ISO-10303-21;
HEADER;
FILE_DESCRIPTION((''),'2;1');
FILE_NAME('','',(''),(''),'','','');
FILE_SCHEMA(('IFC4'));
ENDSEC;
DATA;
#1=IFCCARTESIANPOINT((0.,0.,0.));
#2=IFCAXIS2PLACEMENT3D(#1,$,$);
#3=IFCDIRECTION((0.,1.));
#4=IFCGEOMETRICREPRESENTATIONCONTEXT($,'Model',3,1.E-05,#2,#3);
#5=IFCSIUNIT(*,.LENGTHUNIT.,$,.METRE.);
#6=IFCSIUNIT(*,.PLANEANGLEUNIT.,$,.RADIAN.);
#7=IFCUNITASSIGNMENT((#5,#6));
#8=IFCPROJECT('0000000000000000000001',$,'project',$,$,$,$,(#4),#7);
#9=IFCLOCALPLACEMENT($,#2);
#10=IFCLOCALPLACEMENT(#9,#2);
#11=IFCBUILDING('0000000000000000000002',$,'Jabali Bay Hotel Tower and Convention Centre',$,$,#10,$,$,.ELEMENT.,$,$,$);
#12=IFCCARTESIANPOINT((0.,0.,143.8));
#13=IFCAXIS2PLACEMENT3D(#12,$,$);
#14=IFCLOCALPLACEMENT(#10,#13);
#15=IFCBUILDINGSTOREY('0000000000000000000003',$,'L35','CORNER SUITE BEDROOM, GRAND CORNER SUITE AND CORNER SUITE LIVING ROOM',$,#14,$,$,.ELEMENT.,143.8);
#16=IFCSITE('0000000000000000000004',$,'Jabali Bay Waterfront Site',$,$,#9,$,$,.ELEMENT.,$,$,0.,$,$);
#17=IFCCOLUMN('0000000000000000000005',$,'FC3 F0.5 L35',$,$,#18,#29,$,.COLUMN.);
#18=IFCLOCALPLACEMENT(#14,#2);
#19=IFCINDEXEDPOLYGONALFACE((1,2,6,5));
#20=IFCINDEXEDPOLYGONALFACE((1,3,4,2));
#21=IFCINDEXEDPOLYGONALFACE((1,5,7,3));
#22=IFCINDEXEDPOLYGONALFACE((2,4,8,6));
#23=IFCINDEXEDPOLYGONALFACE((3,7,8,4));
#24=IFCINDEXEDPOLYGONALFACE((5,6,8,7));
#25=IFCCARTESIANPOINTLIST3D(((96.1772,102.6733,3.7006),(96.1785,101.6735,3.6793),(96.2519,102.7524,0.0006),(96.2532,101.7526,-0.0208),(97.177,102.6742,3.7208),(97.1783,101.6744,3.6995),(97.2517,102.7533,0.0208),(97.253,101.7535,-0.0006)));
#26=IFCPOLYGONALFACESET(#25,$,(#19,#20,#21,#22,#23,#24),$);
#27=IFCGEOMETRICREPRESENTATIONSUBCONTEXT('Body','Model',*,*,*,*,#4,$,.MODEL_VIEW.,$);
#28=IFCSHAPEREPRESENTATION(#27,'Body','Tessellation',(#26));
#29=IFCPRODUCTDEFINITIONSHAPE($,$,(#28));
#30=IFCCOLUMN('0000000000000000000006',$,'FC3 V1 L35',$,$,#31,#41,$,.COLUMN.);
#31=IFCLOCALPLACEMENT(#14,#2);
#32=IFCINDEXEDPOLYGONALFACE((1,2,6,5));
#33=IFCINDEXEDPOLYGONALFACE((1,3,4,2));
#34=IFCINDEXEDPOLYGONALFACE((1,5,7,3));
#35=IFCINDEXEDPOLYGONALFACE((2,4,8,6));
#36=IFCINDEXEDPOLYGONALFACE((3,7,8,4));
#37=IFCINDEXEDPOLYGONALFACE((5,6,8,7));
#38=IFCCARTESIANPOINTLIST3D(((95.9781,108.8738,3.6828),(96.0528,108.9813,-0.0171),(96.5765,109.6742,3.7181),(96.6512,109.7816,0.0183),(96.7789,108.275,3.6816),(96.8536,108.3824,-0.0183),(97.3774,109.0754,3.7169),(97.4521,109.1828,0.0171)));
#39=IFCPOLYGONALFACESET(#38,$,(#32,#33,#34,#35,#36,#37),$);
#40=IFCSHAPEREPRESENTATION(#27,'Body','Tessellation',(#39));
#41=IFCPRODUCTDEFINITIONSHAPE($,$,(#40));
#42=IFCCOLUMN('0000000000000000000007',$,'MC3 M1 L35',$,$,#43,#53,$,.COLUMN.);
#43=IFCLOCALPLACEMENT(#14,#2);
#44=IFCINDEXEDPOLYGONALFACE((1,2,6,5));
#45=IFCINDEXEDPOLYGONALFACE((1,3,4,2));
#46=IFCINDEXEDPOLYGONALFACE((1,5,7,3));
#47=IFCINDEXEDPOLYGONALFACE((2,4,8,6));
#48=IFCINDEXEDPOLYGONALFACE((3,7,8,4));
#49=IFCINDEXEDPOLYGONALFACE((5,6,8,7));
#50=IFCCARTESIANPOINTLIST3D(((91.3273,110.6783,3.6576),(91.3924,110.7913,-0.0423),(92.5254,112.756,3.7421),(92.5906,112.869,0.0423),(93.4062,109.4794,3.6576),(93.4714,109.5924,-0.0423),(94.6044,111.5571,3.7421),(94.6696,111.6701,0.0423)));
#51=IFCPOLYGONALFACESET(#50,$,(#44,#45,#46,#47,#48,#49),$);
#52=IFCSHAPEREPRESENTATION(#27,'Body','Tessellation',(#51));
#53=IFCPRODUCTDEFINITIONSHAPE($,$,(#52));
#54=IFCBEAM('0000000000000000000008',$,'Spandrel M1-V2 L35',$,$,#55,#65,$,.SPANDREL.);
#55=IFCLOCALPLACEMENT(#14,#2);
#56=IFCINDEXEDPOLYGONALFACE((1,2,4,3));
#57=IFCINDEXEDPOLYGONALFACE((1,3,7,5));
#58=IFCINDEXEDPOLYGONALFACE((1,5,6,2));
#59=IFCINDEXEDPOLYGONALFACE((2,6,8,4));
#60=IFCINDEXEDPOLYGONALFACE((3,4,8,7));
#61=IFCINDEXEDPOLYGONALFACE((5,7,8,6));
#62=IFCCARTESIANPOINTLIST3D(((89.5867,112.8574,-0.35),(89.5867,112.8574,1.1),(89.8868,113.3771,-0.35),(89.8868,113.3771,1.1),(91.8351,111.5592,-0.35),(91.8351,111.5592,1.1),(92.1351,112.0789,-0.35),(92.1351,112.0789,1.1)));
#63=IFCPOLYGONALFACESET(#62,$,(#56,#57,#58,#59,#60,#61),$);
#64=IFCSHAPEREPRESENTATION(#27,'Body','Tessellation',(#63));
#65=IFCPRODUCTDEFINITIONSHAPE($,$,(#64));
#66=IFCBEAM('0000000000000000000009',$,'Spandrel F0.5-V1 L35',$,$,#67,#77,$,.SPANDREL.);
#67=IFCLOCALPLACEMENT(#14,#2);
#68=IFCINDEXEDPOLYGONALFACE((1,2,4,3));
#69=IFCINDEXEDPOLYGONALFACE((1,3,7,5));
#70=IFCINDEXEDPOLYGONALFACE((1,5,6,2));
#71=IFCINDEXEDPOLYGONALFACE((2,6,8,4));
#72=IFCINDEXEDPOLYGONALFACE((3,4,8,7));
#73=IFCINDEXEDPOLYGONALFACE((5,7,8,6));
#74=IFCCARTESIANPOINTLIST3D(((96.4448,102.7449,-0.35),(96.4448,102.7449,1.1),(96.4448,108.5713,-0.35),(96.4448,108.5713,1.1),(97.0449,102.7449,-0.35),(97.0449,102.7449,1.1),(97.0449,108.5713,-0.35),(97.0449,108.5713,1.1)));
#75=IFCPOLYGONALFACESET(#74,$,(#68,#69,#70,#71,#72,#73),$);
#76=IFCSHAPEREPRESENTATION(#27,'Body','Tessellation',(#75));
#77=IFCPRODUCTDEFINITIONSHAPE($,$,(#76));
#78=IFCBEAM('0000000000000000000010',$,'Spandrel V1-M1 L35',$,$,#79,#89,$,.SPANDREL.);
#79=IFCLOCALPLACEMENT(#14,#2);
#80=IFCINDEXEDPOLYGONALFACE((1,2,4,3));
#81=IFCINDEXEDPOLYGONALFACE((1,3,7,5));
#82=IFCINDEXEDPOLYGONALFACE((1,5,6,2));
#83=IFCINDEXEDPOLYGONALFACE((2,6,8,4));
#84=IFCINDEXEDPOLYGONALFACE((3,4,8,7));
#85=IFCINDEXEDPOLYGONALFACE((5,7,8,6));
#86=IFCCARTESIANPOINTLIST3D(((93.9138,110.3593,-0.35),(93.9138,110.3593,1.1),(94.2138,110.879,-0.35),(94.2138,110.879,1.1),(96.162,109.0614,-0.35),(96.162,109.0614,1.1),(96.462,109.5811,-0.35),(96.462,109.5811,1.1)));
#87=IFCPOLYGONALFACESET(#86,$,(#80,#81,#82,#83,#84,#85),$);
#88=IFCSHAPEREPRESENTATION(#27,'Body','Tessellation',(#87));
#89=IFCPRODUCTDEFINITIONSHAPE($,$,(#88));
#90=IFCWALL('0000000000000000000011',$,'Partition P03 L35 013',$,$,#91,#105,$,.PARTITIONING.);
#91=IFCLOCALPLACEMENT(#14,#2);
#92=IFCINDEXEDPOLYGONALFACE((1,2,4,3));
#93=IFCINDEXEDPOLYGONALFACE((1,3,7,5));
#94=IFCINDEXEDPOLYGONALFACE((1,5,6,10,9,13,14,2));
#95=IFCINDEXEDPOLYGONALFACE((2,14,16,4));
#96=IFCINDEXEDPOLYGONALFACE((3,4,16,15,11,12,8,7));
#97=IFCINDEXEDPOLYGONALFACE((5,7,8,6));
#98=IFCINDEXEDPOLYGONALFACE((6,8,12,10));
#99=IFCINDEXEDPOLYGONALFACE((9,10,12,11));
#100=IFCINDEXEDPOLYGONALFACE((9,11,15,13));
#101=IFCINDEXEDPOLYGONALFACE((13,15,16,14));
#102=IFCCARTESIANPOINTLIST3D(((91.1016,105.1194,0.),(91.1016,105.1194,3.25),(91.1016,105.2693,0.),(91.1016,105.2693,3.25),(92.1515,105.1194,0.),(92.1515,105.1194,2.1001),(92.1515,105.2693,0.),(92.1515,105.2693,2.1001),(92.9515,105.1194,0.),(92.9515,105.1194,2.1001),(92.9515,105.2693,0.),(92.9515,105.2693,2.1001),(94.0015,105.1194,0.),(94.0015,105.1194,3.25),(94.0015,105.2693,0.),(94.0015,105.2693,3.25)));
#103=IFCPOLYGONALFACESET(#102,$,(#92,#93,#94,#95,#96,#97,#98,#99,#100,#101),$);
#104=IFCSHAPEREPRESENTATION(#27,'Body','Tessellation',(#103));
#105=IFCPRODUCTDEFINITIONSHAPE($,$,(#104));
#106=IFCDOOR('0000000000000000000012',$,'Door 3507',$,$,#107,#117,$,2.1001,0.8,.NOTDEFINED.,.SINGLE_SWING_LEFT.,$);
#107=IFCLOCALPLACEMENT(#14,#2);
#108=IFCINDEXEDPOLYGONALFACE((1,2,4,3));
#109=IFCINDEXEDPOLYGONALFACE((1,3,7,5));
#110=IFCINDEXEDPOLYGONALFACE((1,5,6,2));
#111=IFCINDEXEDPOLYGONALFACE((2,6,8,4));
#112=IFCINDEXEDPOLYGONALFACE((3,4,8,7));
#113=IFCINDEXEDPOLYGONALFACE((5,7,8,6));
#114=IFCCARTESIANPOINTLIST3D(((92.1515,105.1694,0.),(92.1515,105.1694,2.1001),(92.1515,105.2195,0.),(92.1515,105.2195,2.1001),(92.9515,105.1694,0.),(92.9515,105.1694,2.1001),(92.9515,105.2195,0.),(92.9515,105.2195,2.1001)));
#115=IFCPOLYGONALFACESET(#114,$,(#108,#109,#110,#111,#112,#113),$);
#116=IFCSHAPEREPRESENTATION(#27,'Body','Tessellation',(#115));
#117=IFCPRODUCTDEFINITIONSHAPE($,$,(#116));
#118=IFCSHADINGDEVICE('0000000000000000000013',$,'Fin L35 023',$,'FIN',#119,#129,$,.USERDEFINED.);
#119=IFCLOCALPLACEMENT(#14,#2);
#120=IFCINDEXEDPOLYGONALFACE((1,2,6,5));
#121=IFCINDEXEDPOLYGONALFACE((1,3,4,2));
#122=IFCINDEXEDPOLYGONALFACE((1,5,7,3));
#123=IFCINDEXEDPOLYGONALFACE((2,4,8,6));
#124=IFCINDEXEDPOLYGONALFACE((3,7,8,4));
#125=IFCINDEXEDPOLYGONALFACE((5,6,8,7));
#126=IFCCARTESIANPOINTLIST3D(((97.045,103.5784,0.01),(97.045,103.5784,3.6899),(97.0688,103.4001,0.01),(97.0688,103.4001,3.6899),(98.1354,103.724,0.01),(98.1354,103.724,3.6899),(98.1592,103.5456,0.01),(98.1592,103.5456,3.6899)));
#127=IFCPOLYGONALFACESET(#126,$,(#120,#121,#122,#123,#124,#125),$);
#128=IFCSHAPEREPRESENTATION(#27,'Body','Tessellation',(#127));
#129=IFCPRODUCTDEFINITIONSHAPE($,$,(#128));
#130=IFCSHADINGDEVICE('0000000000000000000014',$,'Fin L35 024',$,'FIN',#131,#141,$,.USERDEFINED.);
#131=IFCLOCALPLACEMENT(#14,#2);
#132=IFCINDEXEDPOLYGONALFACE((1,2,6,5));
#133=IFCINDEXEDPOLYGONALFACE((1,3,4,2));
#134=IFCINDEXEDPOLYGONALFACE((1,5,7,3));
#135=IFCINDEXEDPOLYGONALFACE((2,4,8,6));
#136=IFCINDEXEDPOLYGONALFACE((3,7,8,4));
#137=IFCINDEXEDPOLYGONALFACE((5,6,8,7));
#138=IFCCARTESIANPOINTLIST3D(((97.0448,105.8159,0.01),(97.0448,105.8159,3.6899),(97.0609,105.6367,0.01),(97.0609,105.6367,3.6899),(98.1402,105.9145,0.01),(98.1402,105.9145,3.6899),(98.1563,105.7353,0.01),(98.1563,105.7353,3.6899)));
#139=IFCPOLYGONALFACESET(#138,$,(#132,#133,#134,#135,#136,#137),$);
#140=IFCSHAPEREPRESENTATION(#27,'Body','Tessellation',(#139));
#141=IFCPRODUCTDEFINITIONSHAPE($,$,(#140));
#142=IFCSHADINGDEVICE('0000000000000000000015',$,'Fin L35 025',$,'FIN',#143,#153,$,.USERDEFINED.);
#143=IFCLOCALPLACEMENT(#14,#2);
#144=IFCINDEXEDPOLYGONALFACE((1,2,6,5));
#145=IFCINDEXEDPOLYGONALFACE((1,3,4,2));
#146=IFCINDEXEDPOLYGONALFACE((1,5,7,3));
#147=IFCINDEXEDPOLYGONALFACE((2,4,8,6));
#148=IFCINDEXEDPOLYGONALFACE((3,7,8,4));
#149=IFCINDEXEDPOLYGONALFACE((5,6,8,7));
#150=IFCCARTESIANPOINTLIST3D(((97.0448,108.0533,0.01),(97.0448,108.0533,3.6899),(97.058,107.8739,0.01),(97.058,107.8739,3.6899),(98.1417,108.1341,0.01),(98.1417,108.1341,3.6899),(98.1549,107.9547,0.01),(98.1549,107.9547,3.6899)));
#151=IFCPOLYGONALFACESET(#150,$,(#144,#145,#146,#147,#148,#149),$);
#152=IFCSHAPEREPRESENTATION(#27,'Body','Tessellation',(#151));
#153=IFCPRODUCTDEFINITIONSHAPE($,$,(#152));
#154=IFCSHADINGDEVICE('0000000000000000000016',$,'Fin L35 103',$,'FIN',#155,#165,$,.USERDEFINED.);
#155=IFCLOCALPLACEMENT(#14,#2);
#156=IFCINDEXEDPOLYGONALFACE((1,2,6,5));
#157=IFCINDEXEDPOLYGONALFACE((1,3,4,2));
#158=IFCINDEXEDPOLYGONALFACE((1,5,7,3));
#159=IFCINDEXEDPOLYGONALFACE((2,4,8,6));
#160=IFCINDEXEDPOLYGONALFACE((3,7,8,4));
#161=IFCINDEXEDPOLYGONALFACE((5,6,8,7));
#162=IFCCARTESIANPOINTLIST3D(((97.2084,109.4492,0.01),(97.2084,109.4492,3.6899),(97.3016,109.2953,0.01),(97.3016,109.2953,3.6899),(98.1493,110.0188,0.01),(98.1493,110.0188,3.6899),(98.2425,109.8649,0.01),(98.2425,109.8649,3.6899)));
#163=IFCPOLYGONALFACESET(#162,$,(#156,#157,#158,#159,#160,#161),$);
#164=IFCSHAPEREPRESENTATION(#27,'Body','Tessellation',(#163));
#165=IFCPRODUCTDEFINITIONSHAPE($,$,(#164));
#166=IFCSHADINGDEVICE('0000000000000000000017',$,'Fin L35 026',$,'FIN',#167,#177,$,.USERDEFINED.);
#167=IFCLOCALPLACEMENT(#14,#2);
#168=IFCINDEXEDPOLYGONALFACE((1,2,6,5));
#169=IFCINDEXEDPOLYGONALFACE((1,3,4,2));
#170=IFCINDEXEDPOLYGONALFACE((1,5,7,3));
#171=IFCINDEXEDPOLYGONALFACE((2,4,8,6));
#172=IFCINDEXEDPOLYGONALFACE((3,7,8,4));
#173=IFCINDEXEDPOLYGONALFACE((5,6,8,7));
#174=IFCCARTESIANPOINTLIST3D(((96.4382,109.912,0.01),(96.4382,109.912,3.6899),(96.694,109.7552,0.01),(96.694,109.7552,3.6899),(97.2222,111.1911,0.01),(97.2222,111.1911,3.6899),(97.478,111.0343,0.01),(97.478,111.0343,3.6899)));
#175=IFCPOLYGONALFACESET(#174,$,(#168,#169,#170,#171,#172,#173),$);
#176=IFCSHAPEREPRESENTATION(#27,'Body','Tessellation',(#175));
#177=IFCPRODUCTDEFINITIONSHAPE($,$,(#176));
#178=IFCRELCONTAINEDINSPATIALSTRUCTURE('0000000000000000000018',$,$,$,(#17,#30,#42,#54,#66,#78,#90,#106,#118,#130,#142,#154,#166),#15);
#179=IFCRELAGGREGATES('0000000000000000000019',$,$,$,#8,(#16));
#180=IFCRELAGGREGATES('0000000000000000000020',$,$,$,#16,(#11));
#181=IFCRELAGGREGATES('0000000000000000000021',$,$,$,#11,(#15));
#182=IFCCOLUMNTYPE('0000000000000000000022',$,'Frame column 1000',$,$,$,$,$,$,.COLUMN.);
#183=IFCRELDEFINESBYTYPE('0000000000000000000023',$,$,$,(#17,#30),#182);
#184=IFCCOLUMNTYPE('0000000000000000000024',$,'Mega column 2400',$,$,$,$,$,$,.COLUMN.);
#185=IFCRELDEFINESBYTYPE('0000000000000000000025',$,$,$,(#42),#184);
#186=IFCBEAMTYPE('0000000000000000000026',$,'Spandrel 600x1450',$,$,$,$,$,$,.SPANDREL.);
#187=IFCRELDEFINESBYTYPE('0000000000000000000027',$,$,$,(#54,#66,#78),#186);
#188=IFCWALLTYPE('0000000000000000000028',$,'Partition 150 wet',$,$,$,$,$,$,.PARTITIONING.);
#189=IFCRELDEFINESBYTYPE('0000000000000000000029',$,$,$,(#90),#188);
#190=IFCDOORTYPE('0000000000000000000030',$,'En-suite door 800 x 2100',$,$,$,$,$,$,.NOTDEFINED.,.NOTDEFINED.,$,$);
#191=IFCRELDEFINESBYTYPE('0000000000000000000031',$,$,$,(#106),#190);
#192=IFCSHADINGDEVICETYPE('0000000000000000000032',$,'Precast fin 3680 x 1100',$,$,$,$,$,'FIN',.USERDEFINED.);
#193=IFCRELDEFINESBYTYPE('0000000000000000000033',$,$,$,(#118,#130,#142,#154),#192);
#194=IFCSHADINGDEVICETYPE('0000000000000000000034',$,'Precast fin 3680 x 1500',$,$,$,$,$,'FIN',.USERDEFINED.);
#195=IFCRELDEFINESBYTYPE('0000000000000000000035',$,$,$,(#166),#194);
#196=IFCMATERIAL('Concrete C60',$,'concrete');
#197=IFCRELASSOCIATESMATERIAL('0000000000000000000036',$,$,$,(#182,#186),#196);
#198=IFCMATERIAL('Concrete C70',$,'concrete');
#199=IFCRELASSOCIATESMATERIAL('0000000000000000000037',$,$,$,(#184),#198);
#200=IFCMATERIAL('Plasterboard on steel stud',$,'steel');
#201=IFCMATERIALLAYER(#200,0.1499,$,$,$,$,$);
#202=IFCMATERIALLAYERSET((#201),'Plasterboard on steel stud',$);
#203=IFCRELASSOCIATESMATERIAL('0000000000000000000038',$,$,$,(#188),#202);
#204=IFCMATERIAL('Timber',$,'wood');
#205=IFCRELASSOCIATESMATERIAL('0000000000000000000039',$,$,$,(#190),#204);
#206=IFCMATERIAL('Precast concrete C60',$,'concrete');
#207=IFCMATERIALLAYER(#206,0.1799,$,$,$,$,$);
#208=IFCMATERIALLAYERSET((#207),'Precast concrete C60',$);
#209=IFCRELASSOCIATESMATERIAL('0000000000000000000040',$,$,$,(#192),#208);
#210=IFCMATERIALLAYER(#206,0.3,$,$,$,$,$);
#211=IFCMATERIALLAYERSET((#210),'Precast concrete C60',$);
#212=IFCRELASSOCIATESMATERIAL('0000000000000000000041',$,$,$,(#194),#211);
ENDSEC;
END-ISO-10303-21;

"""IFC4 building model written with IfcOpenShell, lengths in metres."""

from ifc_helpers import new_model, si_unit, direction, frame, frame_2d, origin, origin_2d, place, context, subcontext, project, spatial, rectangle, extrude, material, layer, layer_set, material_profile, profile_set, type_object, element, fill, save


model = new_model("IFC4")

# Units and contexts
model_context = context("Model", 3, precision=1e-05, world=origin(), true_north=direction((0.0, 1.0)))
body_context = subcontext(model_context, "Body", "Model", "MODEL_VIEW")
ifc_project = project(units=[si_unit("LENGTHUNIT", "METRE"), si_unit("PLANEANGLEUNIT", "RADIAN")], contexts=[model_context])

# Site, building, storey
site_placement = place(None, origin())
site = spatial("IfcSite", under=ifc_project, at=site_placement, Name="Jabali Bay Waterfront Site", CompositionType="ELEMENT", RefElevation=0.0)
building_placement = place(site_placement, origin())
building = spatial("IfcBuilding", under=site, at=building_placement, Name="Jabali Bay Hotel Tower and Convention Centre", CompositionType="ELEMENT")
storey_placement = place(building_placement, frame((0.0, 0.0, 143.8)))
storey = spatial("IfcBuildingStorey", under=building, at=storey_placement, Name="L35", Description="CORNER SUITE BEDROOM, GRAND CORNER SUITE AND CORNER SUITE LIVING ROOM", CompositionType="ELEMENT", Elevation=143.8)

# Columns
ifc_material_1 = material(Name="Concrete C60", Category="concrete")
ifc_material_profile_1 = material_profile(ifc_material_1, rectangle(XDim=1.0, YDim=1.0, at=origin_2d()), Name="Frame column 1000")
ifc_profile_set_1 = profile_set([ifc_material_profile_1], Name="Concrete C60")
column_type_1 = type_object("IfcColumnType", Name="Frame column 1000", PredefinedType="COLUMN", material=ifc_profile_set_1)
column_1_placement = place(storey_placement, frame((96.7524, 102.2529, 0.0), z_axis=(-0.020183, -0.02137, 0.999568), x_axis=(0.999795, 0.000884, 0.020206)))
element("IfcColumn", 1, at=column_1_placement, inside=storey, type_object=column_type_1, Name="FC3 F0.5 L35", PredefinedType="COLUMN", context=body_context, shape_type="SweptSolid", body=[
    extrude(rectangle(XDim=1.0, YDim=1.0, at=origin_2d()), origin(), (0.0, 0.0, 1.0), 3.7017),
])
column_2_placement = place(storey_placement, frame((96.7524, 109.082, 0.0), z_axis=(-0.020179, -0.029015, 0.999375), x_axis=(0.598475, 0.800362, 0.035321)))
element("IfcColumn", 2, at=column_2_placement, inside=storey, type_object=column_type_1, Name="FC3 V1 L35", PredefinedType="COLUMN", context=body_context, shape_type="SweptSolid", body=[
    extrude(rectangle(XDim=1.0, YDim=1.0, at=origin_2d()), origin(), (0.0, 0.0, 1.0), 3.7021),
])
ifc_material_2 = material(Name="Concrete C70", Category="concrete")
ifc_material_profile_2 = material_profile(ifc_material_2, rectangle(XDim=2.3999, YDim=2.3999, at=origin_2d()), Name="Mega column 2400")
ifc_profile_set_2 = profile_set([ifc_material_profile_2], Name="Concrete C70")
column_type_2 = type_object("IfcColumnType", Name="Mega column 2400", PredefinedType="COLUMN", material=ifc_profile_set_2)
column_3_placement = place(storey_placement, frame((93.031, 111.2307, 0.0), z_axis=(-0.017607, -0.030532, 0.999379), x_axis=(0.866279, -0.49956, 0.0)))
element("IfcColumn", 3, at=column_3_placement, inside=storey, type_object=column_type_2, Name="MC3 M1 L35", PredefinedType="COLUMN", context=body_context, shape_type="SweptSolid", body=[
    extrude(rectangle(XDim=2.3999, YDim=2.3999, at=origin_2d()), origin(), (0.0, 0.0, 1.0), 3.7021),
])

# Beams
ifc_material_profile_3 = material_profile(ifc_material_1, rectangle(XDim=0.6001, YDim=1.45, at=origin_2d()), Name="Spandrel 600x1450")
ifc_profile_set_3 = profile_set([ifc_material_profile_3], Name="Concrete C60")
beam_type = type_object("IfcBeamType", Name="Spandrel 600x1450", PredefinedType="SPANDREL", material=ifc_profile_set_3)
beam_1_placement = place(storey_placement, frame((91.9851, 111.8191, 0.375), z_axis=(-0.866018, 0.500013, 0.0), x_axis=(-0.500013, -0.866018, 0.0)))
element("IfcBeam", 4, at=beam_1_placement, inside=storey, type_object=beam_type, Name="Spandrel M1-V2 L35", PredefinedType="SPANDREL", context=body_context, shape_type="SweptSolid", body=[
    extrude(rectangle(XDim=0.6001, YDim=1.45, at=origin_2d()), origin(), (0.0, 0.0, 1.0), 2.5962),
])
beam_2_placement = place(storey_placement, frame((96.7449, 102.7449, 0.375), z_axis=(0.0, 1.0, 0.0), x_axis=(-1.0, 0.0, 0.0)))
element("IfcBeam", 5, at=beam_2_placement, inside=storey, type_object=beam_type, Name="Spandrel F0.5-V1 L35", PredefinedType="SPANDREL", context=body_context, shape_type="SweptSolid", body=[
    extrude(rectangle(XDim=0.6001, YDim=1.45, at=origin_2d()), origin(), (0.0, 0.0, 1.0), 5.8264),
])
beam_3_placement = place(storey_placement, frame((96.312, 109.3213, 0.375), z_axis=(-0.866059, 0.499942, 0.0), x_axis=(-0.499942, -0.866059, 0.0)))
element("IfcBeam", 6, at=beam_3_placement, inside=storey, type_object=beam_type, Name="Spandrel V1-M1 L35", PredefinedType="SPANDREL", context=body_context, shape_type="SweptSolid", body=[
    extrude(rectangle(XDim=0.6001, YDim=1.45, at=origin_2d()), origin(), (0.0, 0.0, 1.0), 2.5959),
])

# Wall, opening, door
ifc_material_3 = material(Name="Plasterboard on steel stud", Category="steel")
ifc_layer_1 = layer(ifc_material_3, 0.1499)
ifc_layer_set_1 = layer_set([ifc_layer_1], Name="Plasterboard on steel stud")
wall_type_1 = type_object("IfcWallType", Name="Partition 150 wet", PredefinedType="PARTITIONING", material=ifc_layer_set_1)
wall_1_placement = place(storey_placement, frame((94.0015, 105.1943, 0.0), z_axis=(0.0, 0.0, 1.0), x_axis=(-1.0, 0.0, 0.0)))
wall_1 = element("IfcWall", 7, at=wall_1_placement, inside=storey, type_object=wall_type_1, Name="Partition P03 L35 013", PredefinedType="PARTITIONING", context=body_context, shape_type="SweptSolid", body=[
    extrude(rectangle(XDim=2.8999, YDim=0.1499, at=frame_2d((1.45, 0.0))), origin(), (0.0, 0.0, 1.0), 3.25),
])
opening_1_placement = place(wall_1_placement, frame((1.05, 0.0, 0.0)))
opening_1 = element("IfcOpeningElement", 8, at=opening_1_placement, cuts=wall_1, PredefinedType="OPENING", context=body_context, shape_type="SweptSolid", body=[
    extrude(rectangle(XDim=0.8, YDim=2.1001, at=frame_2d((0.3999, 1.05))), frame((0.0, 0.0854, 0.0), z_axis=(0.0, -1.0, 0.0), x_axis=(1.0, 0.0, 0.0)), (0.0, 0.0, 1.0), 0.1709),
])
ifc_material_4 = material(Name="Timber", Category="wood")
door_type_1 = type_object("IfcDoorType", Name="En-suite door 800 x 2100", OperationType="NOTDEFINED", PredefinedType="NOTDEFINED", material=ifc_material_4)
door_1_placement = place(opening_1_placement, origin())
door_1 = element("IfcDoor", 9, at=door_1_placement, inside=storey, type_object=door_type_1, Name="Door 3507", OperationType="SINGLE_SWING_LEFT", OverallHeight=2.1001, OverallWidth=0.8, PredefinedType="NOTDEFINED", context=body_context, shape_type="SweptSolid", body=[
    extrude(rectangle(XDim=0.8, YDim=2.1001, at=frame_2d((0.3999, 1.05))), frame((0.0, 0.0249, 0.0), z_axis=(0.0, -1.0, 0.0), x_axis=(1.0, 0.0, 0.0)), (0.0, 0.0, 1.0), 0.05),
])
fill(opening_1, door_1)

# Shading devices
ifc_material_5 = material(Name="Precast concrete C60", Category="concrete")
ifc_layer_2 = layer(ifc_material_5, 0.1799)
ifc_layer_set_2 = layer_set([ifc_layer_2], Name="Precast concrete C60")
shading_device_type_1 = type_object("IfcShadingDeviceType", Name="Precast fin 3680 x 1100", ElementType="FIN", PredefinedType="USERDEFINED", material=ifc_layer_set_2)
shading_device_1_placement = place(storey_placement, frame((97.0569, 103.4893, 0.01), z_axis=(0.0, 0.0, 1.0), x_axis=(0.991212, 0.13228, 0.0)))
element("IfcShadingDevice", 10, at=shading_device_1_placement, inside=storey, type_object=shading_device_type_1, Name="Fin L35 023", ObjectType="FIN", PredefinedType="USERDEFINED", context=body_context, shape_type="SweptSolid", body=[
    extrude(rectangle(XDim=1.1001, YDim=0.1799, at=frame_2d((0.55, 0.0))), origin(), (0.0, 0.0, 1.0), 3.6799),
])
for number, where, z_axis, x_axis, name in (
    (11, (97.053, 105.7263, 0.01), (0.0, 0.0, 1.0), (0.995971, 0.089675, 0.0), "Fin L35 024"),
    (12, (97.0515, 107.9636, 0.01), (0.0, 0.0, 1.0), (0.997297, 0.073471, 0.0), "Fin L35 025"),
    (13, (97.2551, 109.3723, 0.01), (0.0, 0.0, 1.0), (0.855469, 0.517854, 0.0), "Fin L35 103"),
):
    element("IfcShadingDevice", number, at=place(storey_placement, frame(where, z_axis=z_axis, x_axis=x_axis)), inside=storey, type_object=shading_device_type_1, Name=name, ObjectType="FIN", PredefinedType="USERDEFINED", context=body_context, shape_type="SweptSolid", body=[
        extrude(rectangle(XDim=1.0999, YDim=0.1799, at=frame_2d((0.5498, 0.0))), origin(), (0.0, 0.0, 1.0), 3.6799),
    ])
ifc_layer_3 = layer(ifc_material_5, 0.3)
ifc_layer_set_3 = layer_set([ifc_layer_3], Name="Precast concrete C60")
shading_device_type_2 = type_object("IfcShadingDeviceType", Name="Precast fin 3680 x 1500", ElementType="FIN", PredefinedType="USERDEFINED", material=ifc_layer_set_3)
shading_device_2_placement = place(storey_placement, frame((96.5662, 109.8337, 0.01), z_axis=(0.0, 0.0, 1.0), x_axis=(0.522562, 0.852601, 0.0)))
element("IfcShadingDevice", 14, at=shading_device_2_placement, inside=storey, type_object=shading_device_type_2, Name="Fin L35 026", ObjectType="FIN", PredefinedType="USERDEFINED", context=body_context, shape_type="SweptSolid", body=[
    extrude(rectangle(XDim=1.5002, YDim=0.3, at=frame_2d((0.75, 0.0))), origin(), (0.0, 0.0, 1.0), 3.6799),
])

save(model, "model.ifc")
